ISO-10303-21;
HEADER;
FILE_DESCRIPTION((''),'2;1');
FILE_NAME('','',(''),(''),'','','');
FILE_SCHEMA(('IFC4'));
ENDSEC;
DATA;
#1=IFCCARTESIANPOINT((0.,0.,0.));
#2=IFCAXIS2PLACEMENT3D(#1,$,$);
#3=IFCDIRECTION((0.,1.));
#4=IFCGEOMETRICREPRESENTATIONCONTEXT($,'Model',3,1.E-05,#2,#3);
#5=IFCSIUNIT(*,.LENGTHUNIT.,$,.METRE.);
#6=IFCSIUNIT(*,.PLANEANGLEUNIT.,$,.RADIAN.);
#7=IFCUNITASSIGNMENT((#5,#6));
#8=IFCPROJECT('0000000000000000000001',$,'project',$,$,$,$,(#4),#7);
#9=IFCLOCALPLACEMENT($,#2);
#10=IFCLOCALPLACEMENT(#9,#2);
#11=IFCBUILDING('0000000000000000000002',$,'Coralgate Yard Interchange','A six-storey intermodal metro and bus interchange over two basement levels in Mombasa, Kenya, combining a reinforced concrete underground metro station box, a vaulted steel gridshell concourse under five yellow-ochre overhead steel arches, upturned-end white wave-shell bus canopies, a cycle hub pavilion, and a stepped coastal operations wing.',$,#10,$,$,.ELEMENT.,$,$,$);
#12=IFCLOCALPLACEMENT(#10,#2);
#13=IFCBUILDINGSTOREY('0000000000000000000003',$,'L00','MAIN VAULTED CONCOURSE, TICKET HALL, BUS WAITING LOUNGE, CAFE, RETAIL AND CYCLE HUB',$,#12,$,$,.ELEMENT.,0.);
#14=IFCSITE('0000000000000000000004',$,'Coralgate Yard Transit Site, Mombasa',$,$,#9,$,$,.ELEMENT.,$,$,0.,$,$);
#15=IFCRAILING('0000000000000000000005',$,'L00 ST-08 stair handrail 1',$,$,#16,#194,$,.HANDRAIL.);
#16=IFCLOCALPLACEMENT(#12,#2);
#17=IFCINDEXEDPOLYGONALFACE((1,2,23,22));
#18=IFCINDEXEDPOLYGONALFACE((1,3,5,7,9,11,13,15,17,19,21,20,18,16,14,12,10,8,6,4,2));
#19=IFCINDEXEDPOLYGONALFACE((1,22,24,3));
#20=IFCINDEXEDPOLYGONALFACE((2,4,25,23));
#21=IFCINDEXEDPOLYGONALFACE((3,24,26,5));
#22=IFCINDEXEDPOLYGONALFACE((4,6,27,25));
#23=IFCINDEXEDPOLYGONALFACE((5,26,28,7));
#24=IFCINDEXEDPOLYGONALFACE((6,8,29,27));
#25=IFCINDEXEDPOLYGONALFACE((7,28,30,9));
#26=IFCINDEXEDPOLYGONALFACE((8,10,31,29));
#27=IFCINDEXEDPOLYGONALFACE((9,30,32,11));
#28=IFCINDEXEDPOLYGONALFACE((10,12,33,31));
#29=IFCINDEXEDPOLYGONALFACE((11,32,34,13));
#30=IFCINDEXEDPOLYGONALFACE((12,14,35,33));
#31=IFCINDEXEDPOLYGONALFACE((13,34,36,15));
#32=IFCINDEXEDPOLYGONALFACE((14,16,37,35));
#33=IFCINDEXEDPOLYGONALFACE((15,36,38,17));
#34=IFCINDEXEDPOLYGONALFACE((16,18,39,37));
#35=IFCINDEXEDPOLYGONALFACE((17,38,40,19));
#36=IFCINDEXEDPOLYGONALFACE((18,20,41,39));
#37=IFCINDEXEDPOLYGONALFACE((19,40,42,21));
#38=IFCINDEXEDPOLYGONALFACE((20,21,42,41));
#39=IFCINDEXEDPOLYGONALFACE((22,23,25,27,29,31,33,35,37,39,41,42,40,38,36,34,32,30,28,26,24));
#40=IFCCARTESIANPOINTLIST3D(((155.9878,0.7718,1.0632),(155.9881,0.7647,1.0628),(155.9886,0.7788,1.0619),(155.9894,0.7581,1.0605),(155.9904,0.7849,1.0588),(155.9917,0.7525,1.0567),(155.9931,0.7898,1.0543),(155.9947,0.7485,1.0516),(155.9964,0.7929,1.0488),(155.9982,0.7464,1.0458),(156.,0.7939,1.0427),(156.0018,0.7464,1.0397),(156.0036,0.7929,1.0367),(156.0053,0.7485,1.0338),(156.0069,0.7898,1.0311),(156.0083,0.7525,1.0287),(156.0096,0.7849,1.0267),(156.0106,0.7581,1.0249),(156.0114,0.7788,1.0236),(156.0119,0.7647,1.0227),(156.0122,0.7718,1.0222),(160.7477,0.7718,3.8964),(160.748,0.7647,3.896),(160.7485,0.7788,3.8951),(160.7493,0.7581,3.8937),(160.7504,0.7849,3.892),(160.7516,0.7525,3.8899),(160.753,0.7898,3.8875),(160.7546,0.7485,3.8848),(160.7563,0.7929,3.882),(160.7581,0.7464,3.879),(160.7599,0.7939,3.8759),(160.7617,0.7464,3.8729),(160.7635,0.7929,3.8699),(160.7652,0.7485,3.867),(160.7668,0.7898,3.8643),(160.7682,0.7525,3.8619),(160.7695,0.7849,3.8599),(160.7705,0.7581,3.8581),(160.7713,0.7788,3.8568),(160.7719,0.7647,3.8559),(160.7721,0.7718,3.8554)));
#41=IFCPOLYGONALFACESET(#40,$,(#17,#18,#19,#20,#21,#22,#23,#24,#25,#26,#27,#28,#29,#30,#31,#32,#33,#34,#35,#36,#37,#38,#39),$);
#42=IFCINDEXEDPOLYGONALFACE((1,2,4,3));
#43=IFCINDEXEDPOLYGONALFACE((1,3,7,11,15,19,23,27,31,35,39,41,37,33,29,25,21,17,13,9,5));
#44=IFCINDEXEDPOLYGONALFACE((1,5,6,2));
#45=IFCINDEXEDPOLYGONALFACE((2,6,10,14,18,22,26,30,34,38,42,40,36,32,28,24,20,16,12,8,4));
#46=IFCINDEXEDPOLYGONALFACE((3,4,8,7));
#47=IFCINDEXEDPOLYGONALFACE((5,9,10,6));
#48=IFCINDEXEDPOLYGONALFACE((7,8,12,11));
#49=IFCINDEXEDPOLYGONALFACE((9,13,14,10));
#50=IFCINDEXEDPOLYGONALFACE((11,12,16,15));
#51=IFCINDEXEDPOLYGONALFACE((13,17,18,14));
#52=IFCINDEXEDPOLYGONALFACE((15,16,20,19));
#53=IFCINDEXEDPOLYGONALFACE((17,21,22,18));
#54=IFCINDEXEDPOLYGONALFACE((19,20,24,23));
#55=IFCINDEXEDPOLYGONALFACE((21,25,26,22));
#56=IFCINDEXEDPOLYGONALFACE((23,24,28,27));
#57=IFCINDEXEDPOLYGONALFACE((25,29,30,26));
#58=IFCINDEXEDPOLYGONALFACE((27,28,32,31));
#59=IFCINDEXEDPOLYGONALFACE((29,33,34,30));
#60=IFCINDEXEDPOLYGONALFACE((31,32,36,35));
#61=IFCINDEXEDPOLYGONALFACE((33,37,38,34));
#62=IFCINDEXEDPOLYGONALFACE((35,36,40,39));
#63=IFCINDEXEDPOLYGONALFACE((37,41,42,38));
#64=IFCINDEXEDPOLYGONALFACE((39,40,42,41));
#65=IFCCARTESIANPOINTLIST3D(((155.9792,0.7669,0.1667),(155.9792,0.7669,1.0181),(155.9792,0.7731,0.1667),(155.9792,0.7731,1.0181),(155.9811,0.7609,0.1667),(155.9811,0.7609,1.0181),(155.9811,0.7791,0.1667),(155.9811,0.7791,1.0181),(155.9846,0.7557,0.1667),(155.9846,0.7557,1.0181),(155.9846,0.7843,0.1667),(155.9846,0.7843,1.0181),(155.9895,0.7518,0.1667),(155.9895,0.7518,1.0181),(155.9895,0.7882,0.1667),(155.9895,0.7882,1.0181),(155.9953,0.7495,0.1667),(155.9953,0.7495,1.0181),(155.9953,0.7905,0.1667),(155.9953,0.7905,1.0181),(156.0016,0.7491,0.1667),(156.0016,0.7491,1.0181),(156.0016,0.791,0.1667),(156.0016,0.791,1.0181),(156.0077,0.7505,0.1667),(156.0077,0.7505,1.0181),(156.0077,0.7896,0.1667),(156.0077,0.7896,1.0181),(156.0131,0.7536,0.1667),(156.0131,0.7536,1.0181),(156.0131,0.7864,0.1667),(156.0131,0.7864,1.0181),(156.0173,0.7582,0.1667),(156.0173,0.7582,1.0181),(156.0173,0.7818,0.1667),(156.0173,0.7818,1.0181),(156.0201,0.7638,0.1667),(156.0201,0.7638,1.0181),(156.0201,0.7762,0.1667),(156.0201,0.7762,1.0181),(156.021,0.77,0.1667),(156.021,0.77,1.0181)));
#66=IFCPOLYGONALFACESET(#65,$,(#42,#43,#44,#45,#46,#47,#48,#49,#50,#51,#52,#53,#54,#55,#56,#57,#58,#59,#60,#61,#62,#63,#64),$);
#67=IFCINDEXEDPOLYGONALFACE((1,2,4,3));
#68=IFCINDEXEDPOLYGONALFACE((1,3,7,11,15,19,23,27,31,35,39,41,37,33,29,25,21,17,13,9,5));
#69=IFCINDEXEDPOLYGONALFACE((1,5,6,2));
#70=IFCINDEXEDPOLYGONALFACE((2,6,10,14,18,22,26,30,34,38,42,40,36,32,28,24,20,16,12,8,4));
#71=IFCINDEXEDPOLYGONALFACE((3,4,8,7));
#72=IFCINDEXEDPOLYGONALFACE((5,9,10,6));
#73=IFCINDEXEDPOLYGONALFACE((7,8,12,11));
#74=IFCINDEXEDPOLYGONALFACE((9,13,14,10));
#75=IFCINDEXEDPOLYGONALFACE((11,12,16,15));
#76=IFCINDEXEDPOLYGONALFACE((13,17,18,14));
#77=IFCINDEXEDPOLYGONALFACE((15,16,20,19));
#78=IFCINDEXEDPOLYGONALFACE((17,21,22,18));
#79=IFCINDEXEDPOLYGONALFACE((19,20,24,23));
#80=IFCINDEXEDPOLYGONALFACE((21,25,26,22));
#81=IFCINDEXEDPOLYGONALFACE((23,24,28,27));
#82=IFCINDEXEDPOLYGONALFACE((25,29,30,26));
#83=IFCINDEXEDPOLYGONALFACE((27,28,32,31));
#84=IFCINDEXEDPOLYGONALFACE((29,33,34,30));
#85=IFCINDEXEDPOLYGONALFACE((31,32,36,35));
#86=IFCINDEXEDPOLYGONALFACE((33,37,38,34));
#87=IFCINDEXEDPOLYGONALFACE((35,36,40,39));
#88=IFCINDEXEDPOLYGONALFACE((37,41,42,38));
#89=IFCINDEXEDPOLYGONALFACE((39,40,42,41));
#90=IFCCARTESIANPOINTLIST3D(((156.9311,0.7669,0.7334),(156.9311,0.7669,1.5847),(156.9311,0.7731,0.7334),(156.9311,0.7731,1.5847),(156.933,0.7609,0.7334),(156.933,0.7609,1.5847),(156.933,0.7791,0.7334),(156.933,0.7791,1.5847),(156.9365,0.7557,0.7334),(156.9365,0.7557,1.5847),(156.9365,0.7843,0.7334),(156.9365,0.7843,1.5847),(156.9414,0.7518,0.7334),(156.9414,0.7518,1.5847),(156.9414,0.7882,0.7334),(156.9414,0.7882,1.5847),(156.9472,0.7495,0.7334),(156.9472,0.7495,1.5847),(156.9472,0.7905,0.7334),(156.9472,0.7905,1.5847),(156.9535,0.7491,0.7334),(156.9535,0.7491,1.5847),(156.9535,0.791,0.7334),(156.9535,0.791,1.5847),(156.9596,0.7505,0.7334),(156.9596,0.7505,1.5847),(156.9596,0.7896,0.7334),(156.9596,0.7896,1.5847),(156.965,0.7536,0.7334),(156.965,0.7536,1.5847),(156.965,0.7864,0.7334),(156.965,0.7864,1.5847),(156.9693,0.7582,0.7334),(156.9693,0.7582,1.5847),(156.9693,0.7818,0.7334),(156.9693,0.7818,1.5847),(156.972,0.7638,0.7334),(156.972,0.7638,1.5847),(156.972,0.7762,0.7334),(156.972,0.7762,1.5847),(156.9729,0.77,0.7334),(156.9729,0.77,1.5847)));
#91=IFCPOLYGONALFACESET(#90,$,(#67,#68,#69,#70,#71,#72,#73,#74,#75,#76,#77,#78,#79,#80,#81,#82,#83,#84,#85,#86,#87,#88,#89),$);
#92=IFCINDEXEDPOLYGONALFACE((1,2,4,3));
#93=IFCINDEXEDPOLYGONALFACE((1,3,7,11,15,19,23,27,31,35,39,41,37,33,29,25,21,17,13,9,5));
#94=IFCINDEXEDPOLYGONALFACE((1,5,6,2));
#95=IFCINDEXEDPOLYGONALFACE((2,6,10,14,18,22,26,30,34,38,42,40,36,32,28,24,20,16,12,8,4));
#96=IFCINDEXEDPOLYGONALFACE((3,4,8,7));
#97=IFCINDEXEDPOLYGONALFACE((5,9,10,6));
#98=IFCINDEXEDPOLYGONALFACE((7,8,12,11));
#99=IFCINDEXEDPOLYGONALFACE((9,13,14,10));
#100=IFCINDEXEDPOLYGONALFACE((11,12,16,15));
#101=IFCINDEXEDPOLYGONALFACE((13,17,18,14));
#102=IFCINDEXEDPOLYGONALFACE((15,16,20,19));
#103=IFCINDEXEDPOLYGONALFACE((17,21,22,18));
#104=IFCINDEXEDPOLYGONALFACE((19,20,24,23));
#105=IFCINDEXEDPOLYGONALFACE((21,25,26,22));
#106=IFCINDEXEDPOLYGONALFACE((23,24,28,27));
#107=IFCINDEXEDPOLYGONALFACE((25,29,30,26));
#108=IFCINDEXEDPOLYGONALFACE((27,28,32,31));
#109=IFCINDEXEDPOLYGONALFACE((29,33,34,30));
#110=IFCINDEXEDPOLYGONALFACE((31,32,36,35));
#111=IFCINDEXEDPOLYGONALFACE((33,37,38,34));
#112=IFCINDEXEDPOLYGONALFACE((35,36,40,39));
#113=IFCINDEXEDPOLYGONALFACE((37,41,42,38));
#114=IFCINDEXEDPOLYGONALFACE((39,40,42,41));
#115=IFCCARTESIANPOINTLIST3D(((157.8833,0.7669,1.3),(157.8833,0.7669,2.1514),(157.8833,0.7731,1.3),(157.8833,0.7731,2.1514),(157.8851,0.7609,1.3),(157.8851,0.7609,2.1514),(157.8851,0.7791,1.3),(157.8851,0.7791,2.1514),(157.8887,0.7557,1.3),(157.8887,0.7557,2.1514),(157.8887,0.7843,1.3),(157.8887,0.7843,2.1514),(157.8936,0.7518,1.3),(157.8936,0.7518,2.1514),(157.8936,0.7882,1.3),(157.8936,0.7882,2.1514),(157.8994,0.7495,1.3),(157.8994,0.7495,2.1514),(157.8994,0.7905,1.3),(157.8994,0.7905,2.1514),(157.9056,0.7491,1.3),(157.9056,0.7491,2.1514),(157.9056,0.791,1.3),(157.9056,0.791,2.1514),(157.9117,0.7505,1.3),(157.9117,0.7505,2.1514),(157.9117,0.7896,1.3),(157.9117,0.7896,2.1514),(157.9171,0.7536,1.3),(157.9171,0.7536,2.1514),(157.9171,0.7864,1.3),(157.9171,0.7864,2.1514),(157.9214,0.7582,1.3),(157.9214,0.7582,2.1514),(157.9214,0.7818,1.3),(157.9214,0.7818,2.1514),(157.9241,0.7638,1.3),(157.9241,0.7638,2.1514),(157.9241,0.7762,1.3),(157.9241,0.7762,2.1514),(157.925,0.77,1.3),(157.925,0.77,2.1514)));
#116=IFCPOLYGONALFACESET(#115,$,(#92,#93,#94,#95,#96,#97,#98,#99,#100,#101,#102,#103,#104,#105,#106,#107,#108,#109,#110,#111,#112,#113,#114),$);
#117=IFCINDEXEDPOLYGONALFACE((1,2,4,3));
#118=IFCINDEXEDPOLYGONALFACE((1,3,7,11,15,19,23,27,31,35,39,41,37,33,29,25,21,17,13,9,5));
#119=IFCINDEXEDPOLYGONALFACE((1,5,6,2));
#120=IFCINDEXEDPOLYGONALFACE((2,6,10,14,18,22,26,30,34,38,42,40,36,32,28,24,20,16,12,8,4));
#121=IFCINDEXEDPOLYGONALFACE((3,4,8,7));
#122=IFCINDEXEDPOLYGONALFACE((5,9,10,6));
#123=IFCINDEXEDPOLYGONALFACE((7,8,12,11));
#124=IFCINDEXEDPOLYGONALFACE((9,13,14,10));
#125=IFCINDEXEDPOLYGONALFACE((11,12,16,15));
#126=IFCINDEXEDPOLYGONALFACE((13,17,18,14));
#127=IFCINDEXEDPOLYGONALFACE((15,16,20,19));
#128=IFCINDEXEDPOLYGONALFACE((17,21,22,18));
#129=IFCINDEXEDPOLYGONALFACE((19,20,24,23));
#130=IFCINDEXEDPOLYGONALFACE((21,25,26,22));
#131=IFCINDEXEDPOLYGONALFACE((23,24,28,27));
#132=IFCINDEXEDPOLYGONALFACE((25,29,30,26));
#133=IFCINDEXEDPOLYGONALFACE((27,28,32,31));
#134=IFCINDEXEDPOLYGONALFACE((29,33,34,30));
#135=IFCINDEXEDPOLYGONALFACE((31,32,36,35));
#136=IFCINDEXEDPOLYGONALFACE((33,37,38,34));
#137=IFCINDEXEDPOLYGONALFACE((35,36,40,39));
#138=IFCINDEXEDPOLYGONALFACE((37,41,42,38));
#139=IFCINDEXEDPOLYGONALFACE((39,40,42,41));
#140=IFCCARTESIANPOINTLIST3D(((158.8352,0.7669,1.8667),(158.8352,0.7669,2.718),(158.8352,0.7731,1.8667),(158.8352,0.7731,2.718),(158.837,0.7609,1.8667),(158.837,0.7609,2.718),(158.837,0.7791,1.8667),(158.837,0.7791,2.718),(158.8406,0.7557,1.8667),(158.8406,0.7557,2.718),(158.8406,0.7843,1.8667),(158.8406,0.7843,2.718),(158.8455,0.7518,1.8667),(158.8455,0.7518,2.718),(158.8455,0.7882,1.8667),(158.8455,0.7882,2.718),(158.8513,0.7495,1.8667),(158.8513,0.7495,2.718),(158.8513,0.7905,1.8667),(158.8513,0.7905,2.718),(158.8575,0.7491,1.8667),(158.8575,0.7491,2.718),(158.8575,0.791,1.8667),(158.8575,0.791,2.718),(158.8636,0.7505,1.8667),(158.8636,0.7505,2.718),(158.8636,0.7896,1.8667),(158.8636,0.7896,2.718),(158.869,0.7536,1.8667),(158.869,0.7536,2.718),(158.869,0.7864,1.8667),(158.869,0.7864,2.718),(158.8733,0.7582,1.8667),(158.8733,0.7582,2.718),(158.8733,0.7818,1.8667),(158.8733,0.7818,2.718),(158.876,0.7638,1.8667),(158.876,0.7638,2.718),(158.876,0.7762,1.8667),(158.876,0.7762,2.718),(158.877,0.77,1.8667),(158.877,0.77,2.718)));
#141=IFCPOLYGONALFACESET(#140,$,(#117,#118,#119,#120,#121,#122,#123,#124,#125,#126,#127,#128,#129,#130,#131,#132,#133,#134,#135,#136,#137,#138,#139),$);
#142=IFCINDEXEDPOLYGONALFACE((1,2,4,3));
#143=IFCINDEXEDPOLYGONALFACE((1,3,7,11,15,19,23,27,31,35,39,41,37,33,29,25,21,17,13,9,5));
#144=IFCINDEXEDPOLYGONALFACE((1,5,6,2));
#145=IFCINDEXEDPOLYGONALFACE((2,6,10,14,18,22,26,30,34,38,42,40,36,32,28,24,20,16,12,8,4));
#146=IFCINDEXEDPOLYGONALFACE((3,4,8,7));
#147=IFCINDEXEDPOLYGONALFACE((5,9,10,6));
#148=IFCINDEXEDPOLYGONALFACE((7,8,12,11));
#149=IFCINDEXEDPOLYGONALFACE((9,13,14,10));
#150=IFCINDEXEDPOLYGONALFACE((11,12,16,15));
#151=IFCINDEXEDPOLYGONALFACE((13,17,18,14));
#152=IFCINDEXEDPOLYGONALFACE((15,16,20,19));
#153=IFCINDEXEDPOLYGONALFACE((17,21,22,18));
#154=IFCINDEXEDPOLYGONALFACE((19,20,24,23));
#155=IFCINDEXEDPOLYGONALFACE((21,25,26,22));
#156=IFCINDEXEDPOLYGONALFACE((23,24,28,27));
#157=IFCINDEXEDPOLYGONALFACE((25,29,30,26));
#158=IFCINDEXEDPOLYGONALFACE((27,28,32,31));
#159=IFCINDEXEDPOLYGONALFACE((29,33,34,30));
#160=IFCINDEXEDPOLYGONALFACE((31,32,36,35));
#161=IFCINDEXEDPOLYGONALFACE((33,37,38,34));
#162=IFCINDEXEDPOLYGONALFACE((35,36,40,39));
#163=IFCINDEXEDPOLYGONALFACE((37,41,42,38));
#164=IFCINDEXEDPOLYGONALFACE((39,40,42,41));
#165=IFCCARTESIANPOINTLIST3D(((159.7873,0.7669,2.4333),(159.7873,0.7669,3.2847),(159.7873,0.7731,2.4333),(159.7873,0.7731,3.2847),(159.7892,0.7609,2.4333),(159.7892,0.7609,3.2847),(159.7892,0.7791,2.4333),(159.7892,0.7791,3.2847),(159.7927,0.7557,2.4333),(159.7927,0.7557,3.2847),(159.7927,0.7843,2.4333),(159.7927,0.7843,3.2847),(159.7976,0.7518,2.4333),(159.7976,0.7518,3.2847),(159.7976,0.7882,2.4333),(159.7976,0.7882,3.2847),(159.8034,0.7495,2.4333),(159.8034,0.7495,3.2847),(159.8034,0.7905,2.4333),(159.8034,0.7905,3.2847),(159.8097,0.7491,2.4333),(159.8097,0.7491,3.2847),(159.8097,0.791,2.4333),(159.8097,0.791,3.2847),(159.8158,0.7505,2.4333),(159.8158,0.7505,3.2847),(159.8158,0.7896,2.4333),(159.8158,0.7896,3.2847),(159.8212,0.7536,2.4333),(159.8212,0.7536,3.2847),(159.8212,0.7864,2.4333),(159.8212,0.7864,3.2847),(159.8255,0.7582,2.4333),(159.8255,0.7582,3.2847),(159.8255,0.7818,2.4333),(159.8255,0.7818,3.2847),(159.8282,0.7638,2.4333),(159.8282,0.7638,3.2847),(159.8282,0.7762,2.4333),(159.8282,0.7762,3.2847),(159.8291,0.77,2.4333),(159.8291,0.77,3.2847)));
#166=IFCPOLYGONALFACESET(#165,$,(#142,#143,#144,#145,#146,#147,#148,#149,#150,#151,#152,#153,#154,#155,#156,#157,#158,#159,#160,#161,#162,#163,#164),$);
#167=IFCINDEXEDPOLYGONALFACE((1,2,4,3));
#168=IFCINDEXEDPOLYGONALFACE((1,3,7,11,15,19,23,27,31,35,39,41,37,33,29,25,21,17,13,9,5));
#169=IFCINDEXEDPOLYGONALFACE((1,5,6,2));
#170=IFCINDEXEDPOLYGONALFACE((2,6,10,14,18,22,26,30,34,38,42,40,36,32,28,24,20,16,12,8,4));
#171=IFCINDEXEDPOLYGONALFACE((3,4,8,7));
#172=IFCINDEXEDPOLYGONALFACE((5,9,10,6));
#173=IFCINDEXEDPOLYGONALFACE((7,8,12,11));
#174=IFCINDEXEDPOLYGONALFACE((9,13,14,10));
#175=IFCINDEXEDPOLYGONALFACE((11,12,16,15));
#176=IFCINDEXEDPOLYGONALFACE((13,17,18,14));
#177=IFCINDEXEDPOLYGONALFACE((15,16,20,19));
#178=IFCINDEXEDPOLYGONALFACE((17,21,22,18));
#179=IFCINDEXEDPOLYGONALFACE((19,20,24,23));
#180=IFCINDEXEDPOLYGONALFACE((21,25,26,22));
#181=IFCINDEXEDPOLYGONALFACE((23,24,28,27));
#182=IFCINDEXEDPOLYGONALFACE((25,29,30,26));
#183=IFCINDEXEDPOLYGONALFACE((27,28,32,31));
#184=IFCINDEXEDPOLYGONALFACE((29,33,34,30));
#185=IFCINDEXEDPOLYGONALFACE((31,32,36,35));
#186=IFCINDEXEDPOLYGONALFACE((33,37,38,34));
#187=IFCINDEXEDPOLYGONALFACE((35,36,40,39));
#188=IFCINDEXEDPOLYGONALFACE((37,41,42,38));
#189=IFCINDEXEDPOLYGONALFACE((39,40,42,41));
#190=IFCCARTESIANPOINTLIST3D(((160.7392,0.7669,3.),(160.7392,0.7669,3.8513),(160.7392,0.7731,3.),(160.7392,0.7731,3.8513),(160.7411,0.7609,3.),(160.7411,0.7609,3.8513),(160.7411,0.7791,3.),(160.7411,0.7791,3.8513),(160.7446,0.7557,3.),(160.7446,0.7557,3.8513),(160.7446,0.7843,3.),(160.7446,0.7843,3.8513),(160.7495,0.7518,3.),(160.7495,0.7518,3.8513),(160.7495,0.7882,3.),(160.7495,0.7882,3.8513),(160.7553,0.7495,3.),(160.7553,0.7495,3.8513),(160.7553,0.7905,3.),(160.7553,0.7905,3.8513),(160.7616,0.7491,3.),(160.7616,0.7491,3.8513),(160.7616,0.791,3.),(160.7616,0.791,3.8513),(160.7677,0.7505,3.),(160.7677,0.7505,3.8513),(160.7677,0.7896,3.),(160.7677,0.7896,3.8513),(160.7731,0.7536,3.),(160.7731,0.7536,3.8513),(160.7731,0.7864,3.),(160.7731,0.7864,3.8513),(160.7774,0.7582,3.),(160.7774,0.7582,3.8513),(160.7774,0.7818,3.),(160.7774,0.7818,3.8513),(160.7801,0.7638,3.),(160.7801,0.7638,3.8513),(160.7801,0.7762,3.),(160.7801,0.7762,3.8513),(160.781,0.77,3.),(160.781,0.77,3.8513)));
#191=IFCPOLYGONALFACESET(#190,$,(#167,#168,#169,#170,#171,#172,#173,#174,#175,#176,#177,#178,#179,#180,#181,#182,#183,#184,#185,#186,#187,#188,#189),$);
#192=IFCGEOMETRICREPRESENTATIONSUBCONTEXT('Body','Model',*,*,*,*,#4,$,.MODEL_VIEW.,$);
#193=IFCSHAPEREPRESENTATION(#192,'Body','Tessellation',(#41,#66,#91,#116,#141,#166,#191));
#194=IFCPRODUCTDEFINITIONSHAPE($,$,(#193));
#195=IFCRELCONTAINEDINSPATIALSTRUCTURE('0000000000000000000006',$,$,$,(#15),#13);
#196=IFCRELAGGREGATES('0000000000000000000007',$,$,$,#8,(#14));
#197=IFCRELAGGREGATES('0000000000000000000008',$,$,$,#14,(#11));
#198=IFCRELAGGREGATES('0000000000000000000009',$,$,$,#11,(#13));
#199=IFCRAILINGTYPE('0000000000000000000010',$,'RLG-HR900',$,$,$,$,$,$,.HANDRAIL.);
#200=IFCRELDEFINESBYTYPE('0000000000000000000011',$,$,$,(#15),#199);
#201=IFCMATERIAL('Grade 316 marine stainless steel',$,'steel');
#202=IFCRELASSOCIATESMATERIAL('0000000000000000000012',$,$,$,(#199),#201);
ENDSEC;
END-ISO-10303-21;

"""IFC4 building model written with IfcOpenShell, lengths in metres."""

from ifc_helpers import new_model, si_unit, direction, frame, origin, origin_2d, place, context, subcontext, project, spatial, circle, extrude, material, type_object, element, save


model = new_model("IFC4")

# Units and contexts
model_context = context("Model", 3, precision=1e-05, world=origin(), true_north=direction((0.0, 1.0)))
body_context = subcontext(model_context, "Body", "Model", "MODEL_VIEW")
ifc_project = project(units=[si_unit("LENGTHUNIT", "METRE"), si_unit("PLANEANGLEUNIT", "RADIAN")], contexts=[model_context])

# Site, building, storey
site_placement = place(None, origin())
site = spatial("IfcSite", under=ifc_project, at=site_placement, Name="Coralgate Yard Transit Site, Mombasa", CompositionType="ELEMENT", RefElevation=0.0)
building_placement = place(site_placement, origin())
building = spatial("IfcBuilding", under=site, at=building_placement, Name="Coralgate Yard Interchange", Description="A six-storey intermodal metro and bus interchange over two basement levels in Mombasa, Kenya, combining a reinforced concrete underground metro station box, a vaulted steel gridshell concourse under five yellow-ochre overhead steel arches, upturned-end white wave-shell bus canopies, a cycle hub pavilion, and a stepped coastal operations wing.", CompositionType="ELEMENT")
storey_placement = place(building_placement, origin())
storey = spatial("IfcBuildingStorey", under=building, at=storey_placement, Name="L00", Description="MAIN VAULTED CONCOURSE, TICKET HALL, BUS WAITING LOUNGE, CAFE, RETAIL AND CYCLE HUB", CompositionType="ELEMENT", Elevation=0.0)

# Railing
ifc_material_1 = material(Name="Grade 316 marine stainless steel", Category="steel")
railing_type_1 = type_object("IfcRailingType", Name="RLG-HR900", PredefinedType="HANDRAIL", material=ifc_material_1)
railing_1_placement = place(storey_placement, frame((156.0, 0.77, 0.1667)))
element("IfcRailing", 1, at=railing_1_placement, inside=storey, type_object=railing_type_1, Name="L00 ST-08 stair handrail 1", PredefinedType="HANDRAIL", context=body_context, shape_type="SweptSolid", body=[
    extrude(circle(Radius=0.0239, at=origin_2d()), frame((0.0, 0.0, 0.876), z_axis=(0.8593, 0.0, 0.511472), x_axis=(0.0, 1.0, 0.0)), (0.0, 0.0, 1.0), 5.5393),
    extrude(circle(Radius=0.021, at=origin_2d()), origin(), (0.0, 0.0, 1.0), 0.8513),
    extrude(circle(Radius=0.021, at=origin_2d()), frame((0.9519, 0.0, 0.5667)), (0.0, 0.0, 1.0), 0.8513),
    extrude(circle(Radius=0.021, at=origin_2d()), frame((1.9041, 0.0, 1.1333)), (0.0, 0.0, 1.0), 0.8513),
    extrude(circle(Radius=0.021, at=origin_2d()), frame((2.856, 0.0, 1.7)), (0.0, 0.0, 1.0), 0.8513),
    extrude(circle(Radius=0.021, at=origin_2d()), frame((3.8081, 0.0, 2.2666)), (0.0, 0.0, 1.0), 0.8513),
    extrude(circle(Radius=0.021, at=origin_2d()), frame((4.76, 0.0, 2.8333)), (0.0, 0.0, 1.0), 0.8513),
])

save(model, "model.ifc")
